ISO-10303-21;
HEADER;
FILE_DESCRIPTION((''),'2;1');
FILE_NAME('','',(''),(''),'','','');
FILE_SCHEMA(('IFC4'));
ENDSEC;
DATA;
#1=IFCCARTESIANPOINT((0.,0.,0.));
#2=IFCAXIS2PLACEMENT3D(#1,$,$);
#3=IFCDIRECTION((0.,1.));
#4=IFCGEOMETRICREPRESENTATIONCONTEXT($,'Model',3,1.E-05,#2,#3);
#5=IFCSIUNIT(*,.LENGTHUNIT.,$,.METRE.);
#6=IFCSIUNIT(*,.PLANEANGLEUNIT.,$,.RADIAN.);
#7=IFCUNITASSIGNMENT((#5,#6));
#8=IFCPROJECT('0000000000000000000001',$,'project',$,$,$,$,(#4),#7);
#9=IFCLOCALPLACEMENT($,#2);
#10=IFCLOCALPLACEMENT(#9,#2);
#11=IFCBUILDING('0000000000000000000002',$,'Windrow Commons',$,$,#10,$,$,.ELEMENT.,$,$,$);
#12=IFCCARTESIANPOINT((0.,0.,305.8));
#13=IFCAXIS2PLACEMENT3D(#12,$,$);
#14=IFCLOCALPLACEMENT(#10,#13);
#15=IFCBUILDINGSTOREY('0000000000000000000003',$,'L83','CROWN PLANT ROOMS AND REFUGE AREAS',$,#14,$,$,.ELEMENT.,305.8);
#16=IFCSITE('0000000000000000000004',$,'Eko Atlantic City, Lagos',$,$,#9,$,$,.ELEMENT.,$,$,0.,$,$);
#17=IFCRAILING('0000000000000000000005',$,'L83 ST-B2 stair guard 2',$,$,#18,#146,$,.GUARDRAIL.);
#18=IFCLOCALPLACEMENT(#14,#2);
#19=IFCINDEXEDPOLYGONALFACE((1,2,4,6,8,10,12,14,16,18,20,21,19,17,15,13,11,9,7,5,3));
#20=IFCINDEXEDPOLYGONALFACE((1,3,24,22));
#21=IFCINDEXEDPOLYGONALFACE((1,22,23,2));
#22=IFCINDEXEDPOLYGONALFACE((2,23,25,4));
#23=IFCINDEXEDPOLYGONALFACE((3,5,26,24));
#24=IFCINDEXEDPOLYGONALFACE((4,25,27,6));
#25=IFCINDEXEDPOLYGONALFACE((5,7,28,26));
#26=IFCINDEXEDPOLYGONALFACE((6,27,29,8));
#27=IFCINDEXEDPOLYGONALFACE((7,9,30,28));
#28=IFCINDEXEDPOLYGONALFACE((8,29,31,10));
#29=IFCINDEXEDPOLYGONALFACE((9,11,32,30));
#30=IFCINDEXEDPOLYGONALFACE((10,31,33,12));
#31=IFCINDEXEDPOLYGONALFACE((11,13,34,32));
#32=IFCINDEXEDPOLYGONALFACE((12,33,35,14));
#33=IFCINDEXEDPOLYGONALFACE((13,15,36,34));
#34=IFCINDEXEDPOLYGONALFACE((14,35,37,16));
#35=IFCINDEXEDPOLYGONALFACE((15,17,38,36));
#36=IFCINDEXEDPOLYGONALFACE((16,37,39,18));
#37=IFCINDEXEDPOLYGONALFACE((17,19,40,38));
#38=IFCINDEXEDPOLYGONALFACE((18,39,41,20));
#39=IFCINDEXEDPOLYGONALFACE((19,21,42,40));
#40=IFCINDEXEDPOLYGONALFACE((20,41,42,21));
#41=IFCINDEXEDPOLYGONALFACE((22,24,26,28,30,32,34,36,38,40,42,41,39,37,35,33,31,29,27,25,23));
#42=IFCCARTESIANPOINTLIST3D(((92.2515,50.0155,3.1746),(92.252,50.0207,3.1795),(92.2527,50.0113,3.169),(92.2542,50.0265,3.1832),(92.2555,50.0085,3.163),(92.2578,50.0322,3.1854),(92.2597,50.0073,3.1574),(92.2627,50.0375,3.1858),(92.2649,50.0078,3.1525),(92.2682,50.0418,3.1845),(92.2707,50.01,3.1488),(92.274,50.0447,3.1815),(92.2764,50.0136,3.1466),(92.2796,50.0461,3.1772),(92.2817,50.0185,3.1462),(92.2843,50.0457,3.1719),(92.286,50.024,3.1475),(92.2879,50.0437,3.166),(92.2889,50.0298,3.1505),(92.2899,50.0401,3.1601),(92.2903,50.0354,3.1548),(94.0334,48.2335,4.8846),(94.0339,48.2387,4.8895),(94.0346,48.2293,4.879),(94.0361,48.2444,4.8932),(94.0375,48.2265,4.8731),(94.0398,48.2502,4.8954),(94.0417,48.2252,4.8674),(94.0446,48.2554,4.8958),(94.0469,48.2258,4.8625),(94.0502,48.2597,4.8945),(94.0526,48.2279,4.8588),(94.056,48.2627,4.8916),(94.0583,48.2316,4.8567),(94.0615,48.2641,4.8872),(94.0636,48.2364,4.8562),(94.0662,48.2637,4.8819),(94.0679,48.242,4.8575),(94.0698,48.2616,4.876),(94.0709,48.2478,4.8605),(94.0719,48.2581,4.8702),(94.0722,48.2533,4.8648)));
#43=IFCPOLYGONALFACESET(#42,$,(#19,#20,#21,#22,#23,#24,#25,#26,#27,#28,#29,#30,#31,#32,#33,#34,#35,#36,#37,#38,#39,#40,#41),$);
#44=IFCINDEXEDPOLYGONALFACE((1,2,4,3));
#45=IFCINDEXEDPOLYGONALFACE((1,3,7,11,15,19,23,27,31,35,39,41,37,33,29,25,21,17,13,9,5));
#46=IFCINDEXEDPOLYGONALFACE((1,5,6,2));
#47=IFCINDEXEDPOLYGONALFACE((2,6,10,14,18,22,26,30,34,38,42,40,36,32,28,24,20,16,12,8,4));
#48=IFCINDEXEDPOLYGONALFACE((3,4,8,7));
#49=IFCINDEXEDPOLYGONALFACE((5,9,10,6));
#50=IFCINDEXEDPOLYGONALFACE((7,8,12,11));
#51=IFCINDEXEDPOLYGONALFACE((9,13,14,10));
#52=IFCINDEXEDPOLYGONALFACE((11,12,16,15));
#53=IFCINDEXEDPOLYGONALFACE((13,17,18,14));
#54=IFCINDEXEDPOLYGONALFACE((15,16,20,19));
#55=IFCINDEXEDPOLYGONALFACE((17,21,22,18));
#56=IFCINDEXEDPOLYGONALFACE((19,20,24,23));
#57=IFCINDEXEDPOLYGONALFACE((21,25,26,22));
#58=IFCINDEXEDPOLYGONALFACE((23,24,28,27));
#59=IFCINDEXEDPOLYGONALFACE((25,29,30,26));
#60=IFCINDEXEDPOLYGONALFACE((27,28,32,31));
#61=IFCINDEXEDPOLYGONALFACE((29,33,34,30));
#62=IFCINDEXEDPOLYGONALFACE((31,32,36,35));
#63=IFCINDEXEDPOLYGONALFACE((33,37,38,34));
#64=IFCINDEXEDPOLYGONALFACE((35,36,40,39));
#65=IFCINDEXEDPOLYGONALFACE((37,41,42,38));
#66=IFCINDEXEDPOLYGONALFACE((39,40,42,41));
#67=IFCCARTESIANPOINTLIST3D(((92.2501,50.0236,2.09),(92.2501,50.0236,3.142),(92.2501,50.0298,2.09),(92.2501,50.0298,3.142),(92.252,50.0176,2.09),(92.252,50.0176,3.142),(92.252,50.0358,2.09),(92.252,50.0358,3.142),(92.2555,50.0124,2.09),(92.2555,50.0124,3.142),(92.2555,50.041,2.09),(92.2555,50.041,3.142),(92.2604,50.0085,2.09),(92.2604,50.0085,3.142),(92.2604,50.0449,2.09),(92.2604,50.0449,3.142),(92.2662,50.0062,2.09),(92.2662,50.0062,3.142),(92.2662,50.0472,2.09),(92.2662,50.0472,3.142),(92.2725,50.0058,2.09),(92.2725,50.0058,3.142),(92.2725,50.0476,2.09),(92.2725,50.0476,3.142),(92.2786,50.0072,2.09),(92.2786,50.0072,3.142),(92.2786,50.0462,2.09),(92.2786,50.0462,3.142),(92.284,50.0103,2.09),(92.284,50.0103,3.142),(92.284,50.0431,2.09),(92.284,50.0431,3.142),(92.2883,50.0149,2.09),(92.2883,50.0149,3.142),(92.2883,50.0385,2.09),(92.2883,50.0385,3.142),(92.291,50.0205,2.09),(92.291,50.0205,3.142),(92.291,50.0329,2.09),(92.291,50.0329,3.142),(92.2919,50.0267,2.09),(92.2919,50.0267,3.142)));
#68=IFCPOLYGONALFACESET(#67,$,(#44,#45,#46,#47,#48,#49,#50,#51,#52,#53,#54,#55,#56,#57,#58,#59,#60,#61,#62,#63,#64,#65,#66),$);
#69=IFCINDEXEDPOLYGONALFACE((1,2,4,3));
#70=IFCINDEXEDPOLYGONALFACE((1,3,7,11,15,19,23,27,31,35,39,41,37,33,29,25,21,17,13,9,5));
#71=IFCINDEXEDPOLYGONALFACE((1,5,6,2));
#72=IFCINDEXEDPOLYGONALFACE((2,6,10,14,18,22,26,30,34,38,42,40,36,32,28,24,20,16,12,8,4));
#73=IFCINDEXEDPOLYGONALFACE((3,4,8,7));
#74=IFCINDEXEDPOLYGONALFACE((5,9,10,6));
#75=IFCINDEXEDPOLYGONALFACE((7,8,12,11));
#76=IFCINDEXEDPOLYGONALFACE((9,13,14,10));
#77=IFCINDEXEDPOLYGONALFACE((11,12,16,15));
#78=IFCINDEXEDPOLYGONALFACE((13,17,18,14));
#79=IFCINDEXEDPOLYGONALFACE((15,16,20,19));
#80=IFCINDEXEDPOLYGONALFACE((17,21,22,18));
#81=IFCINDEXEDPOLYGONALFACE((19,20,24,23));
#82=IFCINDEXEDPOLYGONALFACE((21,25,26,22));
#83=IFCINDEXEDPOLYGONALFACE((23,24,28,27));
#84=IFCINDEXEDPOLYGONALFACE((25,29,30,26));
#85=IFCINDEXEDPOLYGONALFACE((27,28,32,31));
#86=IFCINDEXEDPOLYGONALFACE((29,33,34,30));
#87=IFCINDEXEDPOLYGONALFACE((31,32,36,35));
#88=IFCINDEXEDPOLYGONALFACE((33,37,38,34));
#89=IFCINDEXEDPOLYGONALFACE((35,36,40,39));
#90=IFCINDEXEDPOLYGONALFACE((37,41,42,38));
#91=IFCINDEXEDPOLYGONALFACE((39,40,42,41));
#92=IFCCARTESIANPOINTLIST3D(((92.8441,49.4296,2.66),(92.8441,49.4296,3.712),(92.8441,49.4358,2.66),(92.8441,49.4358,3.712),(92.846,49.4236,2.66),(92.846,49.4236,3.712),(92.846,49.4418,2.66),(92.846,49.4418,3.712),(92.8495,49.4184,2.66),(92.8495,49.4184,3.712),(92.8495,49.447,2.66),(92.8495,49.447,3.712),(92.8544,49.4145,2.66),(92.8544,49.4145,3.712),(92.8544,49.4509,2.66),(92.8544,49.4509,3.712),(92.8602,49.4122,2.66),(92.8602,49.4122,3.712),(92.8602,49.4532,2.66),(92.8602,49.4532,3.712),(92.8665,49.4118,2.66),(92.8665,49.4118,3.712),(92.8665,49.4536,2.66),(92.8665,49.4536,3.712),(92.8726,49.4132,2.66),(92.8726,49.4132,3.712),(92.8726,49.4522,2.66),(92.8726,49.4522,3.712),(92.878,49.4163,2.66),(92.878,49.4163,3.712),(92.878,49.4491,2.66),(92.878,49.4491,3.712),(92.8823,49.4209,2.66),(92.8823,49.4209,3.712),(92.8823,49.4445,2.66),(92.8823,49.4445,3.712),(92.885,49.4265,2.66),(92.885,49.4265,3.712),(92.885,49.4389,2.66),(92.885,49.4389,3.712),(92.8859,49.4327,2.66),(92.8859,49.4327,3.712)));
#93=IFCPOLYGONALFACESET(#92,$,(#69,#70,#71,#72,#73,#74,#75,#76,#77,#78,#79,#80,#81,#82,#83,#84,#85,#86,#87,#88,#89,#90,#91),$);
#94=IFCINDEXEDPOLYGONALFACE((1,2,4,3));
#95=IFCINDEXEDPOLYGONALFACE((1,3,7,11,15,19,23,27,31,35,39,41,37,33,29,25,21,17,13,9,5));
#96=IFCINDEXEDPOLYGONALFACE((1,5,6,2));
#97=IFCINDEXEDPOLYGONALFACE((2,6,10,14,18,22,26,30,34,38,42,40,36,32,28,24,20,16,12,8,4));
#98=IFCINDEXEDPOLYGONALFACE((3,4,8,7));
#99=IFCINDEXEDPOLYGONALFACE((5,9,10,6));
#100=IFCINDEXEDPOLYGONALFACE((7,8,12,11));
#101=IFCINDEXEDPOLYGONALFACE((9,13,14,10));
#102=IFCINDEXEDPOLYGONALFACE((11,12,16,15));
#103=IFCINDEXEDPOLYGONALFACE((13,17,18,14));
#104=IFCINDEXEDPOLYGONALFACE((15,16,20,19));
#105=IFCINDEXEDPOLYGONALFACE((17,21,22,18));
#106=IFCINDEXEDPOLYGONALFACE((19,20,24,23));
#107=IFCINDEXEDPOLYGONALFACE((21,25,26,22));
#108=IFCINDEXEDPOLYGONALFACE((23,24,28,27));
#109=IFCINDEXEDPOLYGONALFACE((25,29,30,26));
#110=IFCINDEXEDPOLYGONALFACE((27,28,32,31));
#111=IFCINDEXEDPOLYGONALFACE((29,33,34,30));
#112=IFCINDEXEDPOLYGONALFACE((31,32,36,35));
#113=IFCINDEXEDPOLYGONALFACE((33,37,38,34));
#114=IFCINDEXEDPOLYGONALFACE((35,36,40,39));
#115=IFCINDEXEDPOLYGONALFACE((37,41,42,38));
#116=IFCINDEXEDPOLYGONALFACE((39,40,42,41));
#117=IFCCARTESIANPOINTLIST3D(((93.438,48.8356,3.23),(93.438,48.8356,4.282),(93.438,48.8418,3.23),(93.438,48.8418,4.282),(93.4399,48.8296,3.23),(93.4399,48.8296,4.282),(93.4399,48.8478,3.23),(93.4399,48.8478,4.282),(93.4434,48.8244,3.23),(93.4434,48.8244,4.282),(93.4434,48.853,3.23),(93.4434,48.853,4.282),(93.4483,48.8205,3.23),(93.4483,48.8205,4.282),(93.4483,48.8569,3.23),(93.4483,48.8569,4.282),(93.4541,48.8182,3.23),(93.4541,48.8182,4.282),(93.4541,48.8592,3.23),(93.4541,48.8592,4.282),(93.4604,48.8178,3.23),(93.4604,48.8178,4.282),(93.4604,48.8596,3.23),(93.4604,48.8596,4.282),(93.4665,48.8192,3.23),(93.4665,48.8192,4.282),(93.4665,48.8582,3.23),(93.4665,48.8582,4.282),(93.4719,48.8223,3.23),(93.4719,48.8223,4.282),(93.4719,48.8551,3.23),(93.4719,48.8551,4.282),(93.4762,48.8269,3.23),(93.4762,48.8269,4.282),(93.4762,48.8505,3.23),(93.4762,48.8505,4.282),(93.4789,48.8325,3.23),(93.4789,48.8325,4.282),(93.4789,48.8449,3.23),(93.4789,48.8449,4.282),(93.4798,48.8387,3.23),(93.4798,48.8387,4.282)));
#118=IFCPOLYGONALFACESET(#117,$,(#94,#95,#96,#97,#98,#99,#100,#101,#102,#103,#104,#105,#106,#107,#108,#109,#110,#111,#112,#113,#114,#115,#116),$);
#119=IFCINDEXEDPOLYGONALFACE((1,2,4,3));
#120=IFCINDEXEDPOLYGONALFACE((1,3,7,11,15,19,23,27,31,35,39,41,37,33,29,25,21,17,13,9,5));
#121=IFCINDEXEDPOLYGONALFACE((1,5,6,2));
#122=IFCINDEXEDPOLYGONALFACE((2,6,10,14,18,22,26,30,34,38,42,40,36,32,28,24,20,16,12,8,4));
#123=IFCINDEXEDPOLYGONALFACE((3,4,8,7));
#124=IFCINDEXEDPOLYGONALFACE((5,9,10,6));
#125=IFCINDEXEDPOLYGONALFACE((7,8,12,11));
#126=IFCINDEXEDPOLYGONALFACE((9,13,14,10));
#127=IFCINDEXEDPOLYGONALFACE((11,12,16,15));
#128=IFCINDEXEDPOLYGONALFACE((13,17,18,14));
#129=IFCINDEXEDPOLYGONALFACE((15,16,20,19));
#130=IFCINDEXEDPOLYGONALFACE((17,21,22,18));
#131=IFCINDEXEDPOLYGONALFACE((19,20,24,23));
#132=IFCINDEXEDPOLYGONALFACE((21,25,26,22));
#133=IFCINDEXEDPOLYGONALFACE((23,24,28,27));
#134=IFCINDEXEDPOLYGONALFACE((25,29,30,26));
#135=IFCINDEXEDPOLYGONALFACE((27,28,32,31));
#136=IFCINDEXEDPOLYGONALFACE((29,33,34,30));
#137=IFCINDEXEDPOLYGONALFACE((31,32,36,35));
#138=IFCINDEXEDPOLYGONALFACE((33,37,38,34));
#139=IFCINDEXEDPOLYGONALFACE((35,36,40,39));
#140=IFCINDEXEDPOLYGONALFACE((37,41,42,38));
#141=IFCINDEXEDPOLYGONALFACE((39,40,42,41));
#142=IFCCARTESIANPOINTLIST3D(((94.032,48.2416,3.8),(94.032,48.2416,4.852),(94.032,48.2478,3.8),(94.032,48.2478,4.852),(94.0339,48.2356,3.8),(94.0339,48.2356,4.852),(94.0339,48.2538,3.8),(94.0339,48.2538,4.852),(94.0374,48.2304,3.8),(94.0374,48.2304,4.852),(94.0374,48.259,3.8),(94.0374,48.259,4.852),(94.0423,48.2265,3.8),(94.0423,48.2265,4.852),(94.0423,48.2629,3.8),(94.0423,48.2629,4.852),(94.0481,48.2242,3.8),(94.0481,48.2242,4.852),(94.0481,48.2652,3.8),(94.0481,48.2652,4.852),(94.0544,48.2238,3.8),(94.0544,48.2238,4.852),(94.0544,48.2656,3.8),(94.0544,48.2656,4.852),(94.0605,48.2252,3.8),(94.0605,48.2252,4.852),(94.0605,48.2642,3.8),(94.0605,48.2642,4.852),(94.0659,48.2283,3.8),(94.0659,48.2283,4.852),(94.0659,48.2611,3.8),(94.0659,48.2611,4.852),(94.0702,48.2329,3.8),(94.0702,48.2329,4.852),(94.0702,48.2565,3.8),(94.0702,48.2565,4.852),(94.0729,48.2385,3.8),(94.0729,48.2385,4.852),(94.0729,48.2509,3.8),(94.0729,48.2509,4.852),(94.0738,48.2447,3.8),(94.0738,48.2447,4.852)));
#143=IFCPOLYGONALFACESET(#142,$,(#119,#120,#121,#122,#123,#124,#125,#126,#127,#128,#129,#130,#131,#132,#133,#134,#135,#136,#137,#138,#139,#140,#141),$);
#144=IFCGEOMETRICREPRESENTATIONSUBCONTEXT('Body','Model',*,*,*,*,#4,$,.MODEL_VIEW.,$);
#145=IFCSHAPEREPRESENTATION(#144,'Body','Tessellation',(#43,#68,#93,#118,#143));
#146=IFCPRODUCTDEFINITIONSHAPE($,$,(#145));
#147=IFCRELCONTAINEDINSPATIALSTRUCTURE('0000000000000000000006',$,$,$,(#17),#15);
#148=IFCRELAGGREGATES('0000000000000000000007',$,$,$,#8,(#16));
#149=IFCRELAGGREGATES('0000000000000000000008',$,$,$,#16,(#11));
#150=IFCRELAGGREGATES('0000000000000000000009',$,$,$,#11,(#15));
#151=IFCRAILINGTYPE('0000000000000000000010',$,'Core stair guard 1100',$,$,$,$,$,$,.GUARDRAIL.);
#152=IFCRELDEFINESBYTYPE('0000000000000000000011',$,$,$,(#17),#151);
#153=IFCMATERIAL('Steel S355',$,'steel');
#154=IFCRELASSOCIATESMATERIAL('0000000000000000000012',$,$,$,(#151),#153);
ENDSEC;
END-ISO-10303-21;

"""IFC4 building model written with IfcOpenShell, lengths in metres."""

from ifc_helpers import new_model, si_unit, direction, frame, origin, origin_2d, place, context, subcontext, project, spatial, circle, extrude, material, type_object, element, save


model = new_model("IFC4")

# Units and contexts
model_context = context("Model", 3, precision=1e-05, world=origin(), true_north=direction((0.0, 1.0)))
body_context = subcontext(model_context, "Body", "Model", "MODEL_VIEW")
ifc_project = project(units=[si_unit("LENGTHUNIT", "METRE"), si_unit("PLANEANGLEUNIT", "RADIAN")], contexts=[model_context])

# Site, building, storey
site_placement = place(None, origin())
site = spatial("IfcSite", under=ifc_project, at=site_placement, Name="Eko Atlantic City, Lagos", CompositionType="ELEMENT", RefElevation=0.0)
building_placement = place(site_placement, origin())
building = spatial("IfcBuilding", under=site, at=building_placement, Name="Windrow Commons", CompositionType="ELEMENT")
storey_placement = place(building_placement, frame((0.0, 0.0, 305.8)))
storey = spatial("IfcBuildingStorey", under=building, at=storey_placement, Name="L83", Description="CROWN PLANT ROOMS AND REFUGE AREAS", CompositionType="ELEMENT", Elevation=305.8)

# Railing
ifc_material_1 = material(Name="Steel S355", Category="steel")
railing_type_1 = type_object("IfcRailingType", Name="Core stair guard 1100", PredefinedType="GUARDRAIL", material=ifc_material_1)
railing_1_placement = place(storey_placement, frame((92.2709, 50.0267, 2.09)))
element("IfcRailing", 1, at=railing_1_placement, inside=storey, type_object=railing_type_1, Name="L83 ST-B2 stair guard 2", PredefinedType="GUARDRAIL", context=body_context, shape_type="SweptSolid", body=[
    extrude(circle(Radius=0.024, at=origin_2d()), frame((0.0, 0.0, 1.076), z_axis=(0.585102, -0.585134, 0.561493), x_axis=(0.707127, 0.707087, 0.0)), (0.0, 0.0, 1.0), 3.0455),
    extrude(circle(Radius=0.021, at=origin_2d()), origin(), (0.0, 0.0, 1.0), 1.052),
    extrude(circle(Radius=0.021, at=origin_2d()), frame((0.594, -0.594, 0.57)), (0.0, 0.0, 1.0), 1.052),
    extrude(circle(Radius=0.021, at=origin_2d()), frame((1.1879, -1.188, 1.14)), (0.0, 0.0, 1.0), 1.052),
    extrude(circle(Radius=0.021, at=origin_2d()), frame((1.7819, -1.782, 1.71)), (0.0, 0.0, 1.0), 1.052),
])

save(model, "model.ifc")
